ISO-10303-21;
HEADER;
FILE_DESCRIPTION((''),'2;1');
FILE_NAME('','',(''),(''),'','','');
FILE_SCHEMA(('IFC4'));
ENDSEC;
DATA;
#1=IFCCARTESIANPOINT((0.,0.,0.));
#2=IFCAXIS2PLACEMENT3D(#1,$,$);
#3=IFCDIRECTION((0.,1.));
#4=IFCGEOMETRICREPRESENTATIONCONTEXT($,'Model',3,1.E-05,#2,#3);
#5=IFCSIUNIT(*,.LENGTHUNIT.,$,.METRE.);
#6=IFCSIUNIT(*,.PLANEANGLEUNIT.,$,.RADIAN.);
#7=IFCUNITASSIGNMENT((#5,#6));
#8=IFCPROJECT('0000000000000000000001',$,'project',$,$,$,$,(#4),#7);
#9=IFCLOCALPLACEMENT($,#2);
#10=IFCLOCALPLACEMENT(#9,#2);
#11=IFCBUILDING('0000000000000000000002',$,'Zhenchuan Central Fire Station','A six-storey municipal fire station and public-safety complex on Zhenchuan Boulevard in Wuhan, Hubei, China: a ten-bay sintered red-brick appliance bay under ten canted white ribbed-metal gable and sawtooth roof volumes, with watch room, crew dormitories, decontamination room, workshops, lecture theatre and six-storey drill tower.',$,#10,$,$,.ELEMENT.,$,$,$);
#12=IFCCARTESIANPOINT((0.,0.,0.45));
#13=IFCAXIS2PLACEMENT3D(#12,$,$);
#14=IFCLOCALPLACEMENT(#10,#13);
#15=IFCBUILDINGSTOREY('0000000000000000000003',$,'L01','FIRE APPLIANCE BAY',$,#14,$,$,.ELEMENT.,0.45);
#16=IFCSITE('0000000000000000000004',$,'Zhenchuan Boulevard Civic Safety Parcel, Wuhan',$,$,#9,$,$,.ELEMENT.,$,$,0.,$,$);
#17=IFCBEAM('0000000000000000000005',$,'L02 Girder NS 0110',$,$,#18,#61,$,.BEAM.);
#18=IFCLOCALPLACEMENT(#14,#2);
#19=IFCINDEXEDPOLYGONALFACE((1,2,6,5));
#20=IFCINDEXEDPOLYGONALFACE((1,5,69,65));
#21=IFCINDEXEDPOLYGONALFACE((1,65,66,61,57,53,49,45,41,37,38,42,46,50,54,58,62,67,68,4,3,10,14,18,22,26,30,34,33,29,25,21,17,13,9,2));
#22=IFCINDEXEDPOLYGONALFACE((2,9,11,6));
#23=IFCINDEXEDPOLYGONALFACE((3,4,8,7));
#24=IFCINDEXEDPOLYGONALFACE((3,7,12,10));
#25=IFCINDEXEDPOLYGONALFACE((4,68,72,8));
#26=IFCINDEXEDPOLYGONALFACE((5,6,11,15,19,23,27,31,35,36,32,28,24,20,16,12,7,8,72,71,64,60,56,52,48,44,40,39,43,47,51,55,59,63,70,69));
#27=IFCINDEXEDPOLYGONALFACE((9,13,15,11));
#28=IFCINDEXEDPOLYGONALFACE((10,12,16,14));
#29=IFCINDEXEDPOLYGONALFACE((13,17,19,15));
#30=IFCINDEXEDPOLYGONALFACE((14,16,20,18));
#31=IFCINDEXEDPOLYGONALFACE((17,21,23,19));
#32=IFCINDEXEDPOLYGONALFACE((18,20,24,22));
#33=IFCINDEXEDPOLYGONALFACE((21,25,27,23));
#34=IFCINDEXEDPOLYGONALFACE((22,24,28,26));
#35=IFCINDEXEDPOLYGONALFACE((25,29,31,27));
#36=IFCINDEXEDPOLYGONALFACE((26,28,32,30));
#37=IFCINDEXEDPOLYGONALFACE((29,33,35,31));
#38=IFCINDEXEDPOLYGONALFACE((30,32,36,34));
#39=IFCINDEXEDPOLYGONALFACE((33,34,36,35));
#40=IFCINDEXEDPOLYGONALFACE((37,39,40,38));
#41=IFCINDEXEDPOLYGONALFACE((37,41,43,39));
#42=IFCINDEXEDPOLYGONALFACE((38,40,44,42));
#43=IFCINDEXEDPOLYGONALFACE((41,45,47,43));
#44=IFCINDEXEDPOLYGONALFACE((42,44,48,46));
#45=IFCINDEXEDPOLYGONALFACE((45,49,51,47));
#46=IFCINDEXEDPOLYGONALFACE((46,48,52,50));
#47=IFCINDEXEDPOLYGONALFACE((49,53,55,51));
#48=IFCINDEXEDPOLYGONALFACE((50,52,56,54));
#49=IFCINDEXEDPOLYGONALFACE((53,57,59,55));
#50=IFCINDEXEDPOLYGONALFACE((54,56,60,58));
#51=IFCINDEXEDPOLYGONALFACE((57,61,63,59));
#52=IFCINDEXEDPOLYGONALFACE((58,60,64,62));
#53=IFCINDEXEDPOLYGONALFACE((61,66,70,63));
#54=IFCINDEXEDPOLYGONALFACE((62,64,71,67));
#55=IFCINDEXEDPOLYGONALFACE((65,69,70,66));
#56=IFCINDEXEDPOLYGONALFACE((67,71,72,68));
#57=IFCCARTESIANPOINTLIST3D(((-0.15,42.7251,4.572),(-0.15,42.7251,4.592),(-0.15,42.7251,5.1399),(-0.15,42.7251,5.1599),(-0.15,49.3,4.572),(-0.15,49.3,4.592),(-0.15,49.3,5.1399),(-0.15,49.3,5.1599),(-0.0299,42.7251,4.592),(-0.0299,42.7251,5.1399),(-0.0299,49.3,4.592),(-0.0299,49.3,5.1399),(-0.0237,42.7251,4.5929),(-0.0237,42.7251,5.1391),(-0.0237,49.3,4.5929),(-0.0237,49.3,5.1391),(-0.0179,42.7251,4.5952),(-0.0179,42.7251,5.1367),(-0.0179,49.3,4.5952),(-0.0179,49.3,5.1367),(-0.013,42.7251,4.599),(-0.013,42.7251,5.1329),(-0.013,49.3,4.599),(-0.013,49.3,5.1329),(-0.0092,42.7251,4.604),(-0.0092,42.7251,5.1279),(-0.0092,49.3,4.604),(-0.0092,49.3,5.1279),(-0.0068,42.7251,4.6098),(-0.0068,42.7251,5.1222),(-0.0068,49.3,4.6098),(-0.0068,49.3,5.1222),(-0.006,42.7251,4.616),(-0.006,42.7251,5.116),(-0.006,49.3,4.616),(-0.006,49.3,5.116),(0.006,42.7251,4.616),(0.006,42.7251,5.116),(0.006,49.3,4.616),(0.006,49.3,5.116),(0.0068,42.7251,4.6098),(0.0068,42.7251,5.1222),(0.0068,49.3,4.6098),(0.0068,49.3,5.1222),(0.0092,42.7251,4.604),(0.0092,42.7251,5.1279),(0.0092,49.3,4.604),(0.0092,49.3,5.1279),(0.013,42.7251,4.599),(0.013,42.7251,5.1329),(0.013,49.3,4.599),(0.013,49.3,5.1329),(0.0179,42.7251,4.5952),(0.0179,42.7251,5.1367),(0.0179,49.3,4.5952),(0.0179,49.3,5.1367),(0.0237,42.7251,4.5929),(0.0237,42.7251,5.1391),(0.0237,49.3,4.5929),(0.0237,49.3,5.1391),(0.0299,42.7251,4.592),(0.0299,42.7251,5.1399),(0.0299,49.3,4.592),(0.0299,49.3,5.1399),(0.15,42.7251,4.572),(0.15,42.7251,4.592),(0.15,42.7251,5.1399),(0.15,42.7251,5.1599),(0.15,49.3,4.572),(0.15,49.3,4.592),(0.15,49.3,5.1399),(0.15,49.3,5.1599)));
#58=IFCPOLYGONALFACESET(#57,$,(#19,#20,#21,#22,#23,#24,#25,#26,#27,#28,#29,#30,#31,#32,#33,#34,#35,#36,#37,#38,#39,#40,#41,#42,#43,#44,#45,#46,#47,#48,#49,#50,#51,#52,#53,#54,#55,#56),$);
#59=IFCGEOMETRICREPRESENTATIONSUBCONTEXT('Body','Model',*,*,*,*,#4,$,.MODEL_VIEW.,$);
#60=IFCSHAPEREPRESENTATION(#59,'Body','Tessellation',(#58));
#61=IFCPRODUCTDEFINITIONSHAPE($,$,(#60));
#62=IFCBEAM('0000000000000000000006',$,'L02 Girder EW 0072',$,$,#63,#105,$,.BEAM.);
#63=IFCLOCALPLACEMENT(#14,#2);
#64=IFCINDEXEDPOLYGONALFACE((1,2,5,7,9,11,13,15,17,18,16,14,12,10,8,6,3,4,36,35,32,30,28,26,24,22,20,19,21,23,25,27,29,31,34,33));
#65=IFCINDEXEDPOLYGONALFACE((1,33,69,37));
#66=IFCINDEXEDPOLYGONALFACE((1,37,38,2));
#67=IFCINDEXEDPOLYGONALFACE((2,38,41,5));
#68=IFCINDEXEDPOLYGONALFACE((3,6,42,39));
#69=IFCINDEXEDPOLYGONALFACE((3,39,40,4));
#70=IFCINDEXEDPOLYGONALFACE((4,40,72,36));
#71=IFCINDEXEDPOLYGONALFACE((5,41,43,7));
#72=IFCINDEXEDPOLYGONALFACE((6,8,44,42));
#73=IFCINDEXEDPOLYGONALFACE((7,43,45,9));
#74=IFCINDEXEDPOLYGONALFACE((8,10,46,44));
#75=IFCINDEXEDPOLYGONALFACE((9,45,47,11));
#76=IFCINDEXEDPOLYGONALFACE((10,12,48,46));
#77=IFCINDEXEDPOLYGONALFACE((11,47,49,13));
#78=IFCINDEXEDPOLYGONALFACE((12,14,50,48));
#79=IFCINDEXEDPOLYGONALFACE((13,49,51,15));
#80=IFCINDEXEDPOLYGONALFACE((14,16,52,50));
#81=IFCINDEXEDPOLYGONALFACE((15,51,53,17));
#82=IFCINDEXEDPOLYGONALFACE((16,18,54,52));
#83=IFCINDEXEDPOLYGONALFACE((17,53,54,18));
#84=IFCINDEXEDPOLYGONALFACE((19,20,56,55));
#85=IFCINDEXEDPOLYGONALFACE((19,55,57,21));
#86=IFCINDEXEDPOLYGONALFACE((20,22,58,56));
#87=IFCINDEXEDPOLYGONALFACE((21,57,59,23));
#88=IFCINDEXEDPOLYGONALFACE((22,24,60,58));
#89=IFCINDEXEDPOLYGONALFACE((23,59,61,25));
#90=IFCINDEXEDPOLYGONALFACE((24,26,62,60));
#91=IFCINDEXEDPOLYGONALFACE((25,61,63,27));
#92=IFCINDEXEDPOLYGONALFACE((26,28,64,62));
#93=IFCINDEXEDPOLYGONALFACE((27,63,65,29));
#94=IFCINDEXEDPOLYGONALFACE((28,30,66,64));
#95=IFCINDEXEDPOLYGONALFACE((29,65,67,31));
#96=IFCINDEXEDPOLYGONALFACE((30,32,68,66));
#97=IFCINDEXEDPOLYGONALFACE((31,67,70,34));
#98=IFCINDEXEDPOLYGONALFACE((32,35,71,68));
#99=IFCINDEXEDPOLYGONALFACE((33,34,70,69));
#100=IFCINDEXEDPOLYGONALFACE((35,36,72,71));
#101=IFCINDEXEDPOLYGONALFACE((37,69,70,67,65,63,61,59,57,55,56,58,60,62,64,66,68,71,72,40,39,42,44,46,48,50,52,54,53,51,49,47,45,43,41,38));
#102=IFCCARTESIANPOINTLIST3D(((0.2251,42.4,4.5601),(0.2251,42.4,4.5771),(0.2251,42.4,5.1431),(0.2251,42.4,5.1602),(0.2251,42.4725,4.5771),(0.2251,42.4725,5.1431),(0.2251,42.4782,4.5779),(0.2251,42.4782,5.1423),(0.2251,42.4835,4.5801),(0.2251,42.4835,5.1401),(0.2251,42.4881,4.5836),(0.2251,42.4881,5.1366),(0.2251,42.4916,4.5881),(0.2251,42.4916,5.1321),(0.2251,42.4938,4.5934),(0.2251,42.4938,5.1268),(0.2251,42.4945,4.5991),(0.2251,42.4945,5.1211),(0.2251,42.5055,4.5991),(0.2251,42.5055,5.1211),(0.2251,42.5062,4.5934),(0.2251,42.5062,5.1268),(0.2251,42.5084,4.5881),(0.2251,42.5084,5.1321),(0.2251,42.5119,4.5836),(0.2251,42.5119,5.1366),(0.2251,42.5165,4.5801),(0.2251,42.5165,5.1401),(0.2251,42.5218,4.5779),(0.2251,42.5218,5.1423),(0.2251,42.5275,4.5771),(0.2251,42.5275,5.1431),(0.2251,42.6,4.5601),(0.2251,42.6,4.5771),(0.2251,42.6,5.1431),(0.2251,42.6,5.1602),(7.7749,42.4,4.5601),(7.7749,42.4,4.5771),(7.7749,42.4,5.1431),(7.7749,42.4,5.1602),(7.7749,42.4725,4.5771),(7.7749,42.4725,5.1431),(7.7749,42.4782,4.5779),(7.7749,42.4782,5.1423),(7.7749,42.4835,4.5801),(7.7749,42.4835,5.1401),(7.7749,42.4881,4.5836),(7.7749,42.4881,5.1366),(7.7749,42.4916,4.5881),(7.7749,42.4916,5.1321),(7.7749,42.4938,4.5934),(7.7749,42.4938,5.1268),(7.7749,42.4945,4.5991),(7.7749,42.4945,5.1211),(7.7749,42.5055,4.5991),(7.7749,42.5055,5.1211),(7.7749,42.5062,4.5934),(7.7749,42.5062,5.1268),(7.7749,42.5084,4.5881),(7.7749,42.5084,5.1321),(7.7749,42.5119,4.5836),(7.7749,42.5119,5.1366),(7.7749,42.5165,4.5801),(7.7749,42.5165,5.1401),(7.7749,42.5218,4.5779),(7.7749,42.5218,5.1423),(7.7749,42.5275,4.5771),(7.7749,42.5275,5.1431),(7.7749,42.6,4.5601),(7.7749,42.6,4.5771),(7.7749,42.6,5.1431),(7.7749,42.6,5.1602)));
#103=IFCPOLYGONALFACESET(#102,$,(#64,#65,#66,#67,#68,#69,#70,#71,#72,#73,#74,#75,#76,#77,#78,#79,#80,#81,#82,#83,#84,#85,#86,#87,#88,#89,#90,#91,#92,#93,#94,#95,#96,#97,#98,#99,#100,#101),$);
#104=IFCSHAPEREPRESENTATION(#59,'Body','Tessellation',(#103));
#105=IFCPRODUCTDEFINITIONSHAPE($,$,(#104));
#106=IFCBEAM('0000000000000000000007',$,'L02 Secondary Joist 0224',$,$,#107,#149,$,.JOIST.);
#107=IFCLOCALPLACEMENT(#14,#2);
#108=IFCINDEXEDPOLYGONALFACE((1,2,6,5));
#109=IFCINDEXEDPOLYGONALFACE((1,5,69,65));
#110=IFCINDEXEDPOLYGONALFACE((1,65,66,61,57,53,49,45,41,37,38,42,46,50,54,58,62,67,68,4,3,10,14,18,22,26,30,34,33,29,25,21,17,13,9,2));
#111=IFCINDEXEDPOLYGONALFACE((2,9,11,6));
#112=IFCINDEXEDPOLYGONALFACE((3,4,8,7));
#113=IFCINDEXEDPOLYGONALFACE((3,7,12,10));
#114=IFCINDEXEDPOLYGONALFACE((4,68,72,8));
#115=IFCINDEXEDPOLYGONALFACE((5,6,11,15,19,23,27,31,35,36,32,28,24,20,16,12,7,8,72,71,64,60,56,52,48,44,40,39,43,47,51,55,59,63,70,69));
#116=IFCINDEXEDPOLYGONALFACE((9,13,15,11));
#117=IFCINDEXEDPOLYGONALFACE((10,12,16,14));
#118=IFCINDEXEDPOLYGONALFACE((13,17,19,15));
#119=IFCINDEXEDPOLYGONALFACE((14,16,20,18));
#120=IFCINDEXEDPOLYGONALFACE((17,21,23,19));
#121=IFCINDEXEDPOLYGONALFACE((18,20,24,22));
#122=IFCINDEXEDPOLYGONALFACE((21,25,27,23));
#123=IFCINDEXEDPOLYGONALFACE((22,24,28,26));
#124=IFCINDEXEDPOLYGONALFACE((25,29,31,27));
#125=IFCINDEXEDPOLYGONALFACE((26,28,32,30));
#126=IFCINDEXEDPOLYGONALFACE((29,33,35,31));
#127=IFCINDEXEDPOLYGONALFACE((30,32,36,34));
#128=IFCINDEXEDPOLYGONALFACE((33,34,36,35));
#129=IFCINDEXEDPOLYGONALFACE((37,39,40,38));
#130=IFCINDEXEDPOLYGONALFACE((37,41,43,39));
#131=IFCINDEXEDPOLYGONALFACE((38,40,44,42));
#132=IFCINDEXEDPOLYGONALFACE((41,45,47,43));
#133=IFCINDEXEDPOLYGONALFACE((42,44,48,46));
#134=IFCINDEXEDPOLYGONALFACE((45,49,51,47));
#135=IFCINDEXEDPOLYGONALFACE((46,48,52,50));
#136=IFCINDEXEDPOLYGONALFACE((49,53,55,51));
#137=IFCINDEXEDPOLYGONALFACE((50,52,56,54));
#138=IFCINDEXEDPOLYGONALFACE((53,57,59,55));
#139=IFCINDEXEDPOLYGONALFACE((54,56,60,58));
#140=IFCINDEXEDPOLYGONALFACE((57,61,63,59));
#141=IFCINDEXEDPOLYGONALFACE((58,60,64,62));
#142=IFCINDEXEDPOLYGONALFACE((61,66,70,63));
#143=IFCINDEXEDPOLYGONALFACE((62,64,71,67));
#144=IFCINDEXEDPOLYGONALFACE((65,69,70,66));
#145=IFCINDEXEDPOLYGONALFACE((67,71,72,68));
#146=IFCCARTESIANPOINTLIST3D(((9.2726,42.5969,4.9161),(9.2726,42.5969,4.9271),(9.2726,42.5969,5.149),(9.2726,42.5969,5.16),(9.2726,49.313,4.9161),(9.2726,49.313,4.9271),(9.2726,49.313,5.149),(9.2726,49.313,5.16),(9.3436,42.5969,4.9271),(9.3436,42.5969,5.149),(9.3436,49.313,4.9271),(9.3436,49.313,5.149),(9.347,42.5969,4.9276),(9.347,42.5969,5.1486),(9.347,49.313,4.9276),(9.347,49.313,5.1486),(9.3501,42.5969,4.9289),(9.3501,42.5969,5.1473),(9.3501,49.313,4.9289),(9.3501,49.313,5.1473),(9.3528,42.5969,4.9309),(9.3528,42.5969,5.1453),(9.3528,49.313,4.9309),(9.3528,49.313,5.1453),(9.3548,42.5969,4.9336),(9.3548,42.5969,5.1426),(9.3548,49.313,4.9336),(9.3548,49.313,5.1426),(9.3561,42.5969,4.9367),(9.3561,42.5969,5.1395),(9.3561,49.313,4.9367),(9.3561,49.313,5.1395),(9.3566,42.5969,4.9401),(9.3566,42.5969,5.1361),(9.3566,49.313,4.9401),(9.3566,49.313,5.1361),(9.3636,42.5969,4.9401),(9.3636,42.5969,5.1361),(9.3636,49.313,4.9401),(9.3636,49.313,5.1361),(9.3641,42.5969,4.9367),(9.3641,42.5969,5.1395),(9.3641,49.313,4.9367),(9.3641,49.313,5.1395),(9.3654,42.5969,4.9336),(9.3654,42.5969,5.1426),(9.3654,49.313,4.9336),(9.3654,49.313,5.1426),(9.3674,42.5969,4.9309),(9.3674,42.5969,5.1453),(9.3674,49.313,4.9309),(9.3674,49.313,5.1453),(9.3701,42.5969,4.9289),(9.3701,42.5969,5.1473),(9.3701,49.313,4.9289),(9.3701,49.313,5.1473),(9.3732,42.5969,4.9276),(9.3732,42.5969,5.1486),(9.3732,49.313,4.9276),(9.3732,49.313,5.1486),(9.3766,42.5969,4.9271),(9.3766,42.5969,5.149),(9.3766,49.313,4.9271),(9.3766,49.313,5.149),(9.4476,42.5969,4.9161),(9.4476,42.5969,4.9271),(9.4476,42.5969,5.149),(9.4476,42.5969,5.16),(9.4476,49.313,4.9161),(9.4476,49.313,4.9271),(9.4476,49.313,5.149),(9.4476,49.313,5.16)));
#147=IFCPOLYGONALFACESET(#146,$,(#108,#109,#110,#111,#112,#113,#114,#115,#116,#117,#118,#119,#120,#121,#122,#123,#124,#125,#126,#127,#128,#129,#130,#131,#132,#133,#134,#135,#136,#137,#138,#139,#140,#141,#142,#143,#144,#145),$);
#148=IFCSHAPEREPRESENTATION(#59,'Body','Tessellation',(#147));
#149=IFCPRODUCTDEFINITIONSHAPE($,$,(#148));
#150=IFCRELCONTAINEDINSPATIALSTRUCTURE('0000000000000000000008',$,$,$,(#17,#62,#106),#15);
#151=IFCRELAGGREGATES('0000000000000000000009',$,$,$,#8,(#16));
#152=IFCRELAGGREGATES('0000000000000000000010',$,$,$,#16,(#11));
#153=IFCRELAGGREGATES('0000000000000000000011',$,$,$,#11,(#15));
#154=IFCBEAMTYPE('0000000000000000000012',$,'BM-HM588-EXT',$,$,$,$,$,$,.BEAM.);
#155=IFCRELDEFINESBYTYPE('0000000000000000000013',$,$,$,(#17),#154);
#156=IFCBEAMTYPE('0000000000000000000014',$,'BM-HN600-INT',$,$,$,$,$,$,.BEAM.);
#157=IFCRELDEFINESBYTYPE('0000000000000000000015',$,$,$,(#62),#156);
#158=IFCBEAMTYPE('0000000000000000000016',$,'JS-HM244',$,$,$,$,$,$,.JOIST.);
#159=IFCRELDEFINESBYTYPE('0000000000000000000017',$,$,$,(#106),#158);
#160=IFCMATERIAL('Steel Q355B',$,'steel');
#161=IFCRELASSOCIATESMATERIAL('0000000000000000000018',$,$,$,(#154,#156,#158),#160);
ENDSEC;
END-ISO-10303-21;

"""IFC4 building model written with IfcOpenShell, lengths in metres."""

from ifc_helpers import new_model, si_unit, direction, frame, origin, origin_2d, place, context, subcontext, project, spatial, i_section, extrude, material, material_profile, profile_set, type_object, element, save


model = new_model("IFC4")

# Units and contexts
model_context = context("Model", 3, precision=1e-05, world=origin(), true_north=direction((0.0, 1.0)))
body_context = subcontext(model_context, "Body", "Model", "MODEL_VIEW")
ifc_project = project(units=[si_unit("LENGTHUNIT", "METRE"), si_unit("PLANEANGLEUNIT", "RADIAN")], contexts=[model_context])

# Site, building, storey
site_placement = place(None, origin())
site = spatial("IfcSite", under=ifc_project, at=site_placement, Name="Zhenchuan Boulevard Civic Safety Parcel, Wuhan", CompositionType="ELEMENT", RefElevation=0.0)
building_placement = place(site_placement, origin())
building = spatial("IfcBuilding", under=site, at=building_placement, Name="Zhenchuan Central Fire Station", Description="A six-storey municipal fire station and public-safety complex on Zhenchuan Boulevard in Wuhan, Hubei, China: a ten-bay sintered red-brick appliance bay under ten canted white ribbed-metal gable and sawtooth roof volumes, with watch room, crew dormitories, decontamination room, workshops, lecture theatre and six-storey drill tower.", CompositionType="ELEMENT")
storey_placement = place(building_placement, frame((0.0, 0.0, 0.45)))
storey = spatial("IfcBuildingStorey", under=building, at=storey_placement, Name="L01", Description="FIRE APPLIANCE BAY", CompositionType="ELEMENT", Elevation=0.45)

# Shared definitions
ifc_material_1 = material(Name="Steel Q355B", Category="steel")

# Beams
ifc_material_profile_1 = material_profile(ifc_material_1, i_section(OverallWidth=0.3, OverallDepth=0.5879, WebThickness=0.012, FlangeThickness=0.02, FilletRadius=0.0239, at=origin_2d()), Name="HM 588x300")
ifc_profile_set_1 = profile_set([ifc_material_profile_1], Name="Steel Q355B")
beam_type_1 = type_object("IfcBeamType", Name="BM-HM588-EXT", PredefinedType="BEAM", material=ifc_profile_set_1)
beam_1_placement = place(storey_placement, frame((0.0, 42.7251, 4.866), z_axis=(0.0, 1.0, 0.0), x_axis=(-1.0, 0.0, 0.0)))
element("IfcBeam", 1, at=beam_1_placement, inside=storey, type_object=beam_type_1, Name="L02 Girder NS 0110", PredefinedType="BEAM", context=body_context, shape_type="SweptSolid", body=[
    extrude(i_section(OverallWidth=0.3, OverallDepth=0.5879, WebThickness=0.012, FlangeThickness=0.02, FilletRadius=0.0239, at=origin_2d()), origin(), (0.0, 0.0, 1.0), 6.575),
])
ifc_material_profile_2 = material_profile(ifc_material_1, i_section(OverallWidth=0.2, OverallDepth=0.6001, WebThickness=0.011, FlangeThickness=0.0171, FilletRadius=0.022, at=origin_2d()), Name="HN 600x200")
ifc_profile_set_2 = profile_set([ifc_material_profile_2], Name="Steel Q355B")
beam_type_2 = type_object("IfcBeamType", Name="BM-HN600-INT", PredefinedType="BEAM", material=ifc_profile_set_2)
beam_2_placement = place(storey_placement, frame((0.2251, 42.5, 4.8601), z_axis=(1.0, 0.0, 0.0), x_axis=(0.0, 1.0, 0.0)))
element("IfcBeam", 2, at=beam_2_placement, inside=storey, type_object=beam_type_2, Name="L02 Girder EW 0072", PredefinedType="BEAM", context=body_context, shape_type="SweptSolid", body=[
    extrude(i_section(OverallWidth=0.2, OverallDepth=0.6001, WebThickness=0.011, FlangeThickness=0.0171, FilletRadius=0.022, at=origin_2d()), origin(), (0.0, 0.0, 1.0), 7.5498),
])
ifc_material_profile_3 = material_profile(ifc_material_1, i_section(OverallWidth=0.175, OverallDepth=0.2439, WebThickness=0.0071, FlangeThickness=0.011, FilletRadius=0.0129, at=origin_2d()), Name="HM 244x175")
ifc_profile_set_3 = profile_set([ifc_material_profile_3], Name="Steel Q355B")
beam_type_3 = type_object("IfcBeamType", Name="JS-HM244", PredefinedType="JOIST", material=ifc_profile_set_3)
beam_3_placement = place(storey_placement, frame((9.3601, 42.5969, 5.0381), z_axis=(0.0, 1.0, 0.0), x_axis=(-1.0, 0.0, 0.0)))
element("IfcBeam", 3, at=beam_3_placement, inside=storey, type_object=beam_type_3, Name="L02 Secondary Joist 0224", PredefinedType="JOIST", context=body_context, shape_type="SweptSolid", body=[
    extrude(i_section(OverallWidth=0.175, OverallDepth=0.2439, WebThickness=0.0071, FlangeThickness=0.011, FilletRadius=0.0129, at=origin_2d()), origin(), (0.0, 0.0, 1.0), 6.7161),
])

save(model, "model.ifc")
